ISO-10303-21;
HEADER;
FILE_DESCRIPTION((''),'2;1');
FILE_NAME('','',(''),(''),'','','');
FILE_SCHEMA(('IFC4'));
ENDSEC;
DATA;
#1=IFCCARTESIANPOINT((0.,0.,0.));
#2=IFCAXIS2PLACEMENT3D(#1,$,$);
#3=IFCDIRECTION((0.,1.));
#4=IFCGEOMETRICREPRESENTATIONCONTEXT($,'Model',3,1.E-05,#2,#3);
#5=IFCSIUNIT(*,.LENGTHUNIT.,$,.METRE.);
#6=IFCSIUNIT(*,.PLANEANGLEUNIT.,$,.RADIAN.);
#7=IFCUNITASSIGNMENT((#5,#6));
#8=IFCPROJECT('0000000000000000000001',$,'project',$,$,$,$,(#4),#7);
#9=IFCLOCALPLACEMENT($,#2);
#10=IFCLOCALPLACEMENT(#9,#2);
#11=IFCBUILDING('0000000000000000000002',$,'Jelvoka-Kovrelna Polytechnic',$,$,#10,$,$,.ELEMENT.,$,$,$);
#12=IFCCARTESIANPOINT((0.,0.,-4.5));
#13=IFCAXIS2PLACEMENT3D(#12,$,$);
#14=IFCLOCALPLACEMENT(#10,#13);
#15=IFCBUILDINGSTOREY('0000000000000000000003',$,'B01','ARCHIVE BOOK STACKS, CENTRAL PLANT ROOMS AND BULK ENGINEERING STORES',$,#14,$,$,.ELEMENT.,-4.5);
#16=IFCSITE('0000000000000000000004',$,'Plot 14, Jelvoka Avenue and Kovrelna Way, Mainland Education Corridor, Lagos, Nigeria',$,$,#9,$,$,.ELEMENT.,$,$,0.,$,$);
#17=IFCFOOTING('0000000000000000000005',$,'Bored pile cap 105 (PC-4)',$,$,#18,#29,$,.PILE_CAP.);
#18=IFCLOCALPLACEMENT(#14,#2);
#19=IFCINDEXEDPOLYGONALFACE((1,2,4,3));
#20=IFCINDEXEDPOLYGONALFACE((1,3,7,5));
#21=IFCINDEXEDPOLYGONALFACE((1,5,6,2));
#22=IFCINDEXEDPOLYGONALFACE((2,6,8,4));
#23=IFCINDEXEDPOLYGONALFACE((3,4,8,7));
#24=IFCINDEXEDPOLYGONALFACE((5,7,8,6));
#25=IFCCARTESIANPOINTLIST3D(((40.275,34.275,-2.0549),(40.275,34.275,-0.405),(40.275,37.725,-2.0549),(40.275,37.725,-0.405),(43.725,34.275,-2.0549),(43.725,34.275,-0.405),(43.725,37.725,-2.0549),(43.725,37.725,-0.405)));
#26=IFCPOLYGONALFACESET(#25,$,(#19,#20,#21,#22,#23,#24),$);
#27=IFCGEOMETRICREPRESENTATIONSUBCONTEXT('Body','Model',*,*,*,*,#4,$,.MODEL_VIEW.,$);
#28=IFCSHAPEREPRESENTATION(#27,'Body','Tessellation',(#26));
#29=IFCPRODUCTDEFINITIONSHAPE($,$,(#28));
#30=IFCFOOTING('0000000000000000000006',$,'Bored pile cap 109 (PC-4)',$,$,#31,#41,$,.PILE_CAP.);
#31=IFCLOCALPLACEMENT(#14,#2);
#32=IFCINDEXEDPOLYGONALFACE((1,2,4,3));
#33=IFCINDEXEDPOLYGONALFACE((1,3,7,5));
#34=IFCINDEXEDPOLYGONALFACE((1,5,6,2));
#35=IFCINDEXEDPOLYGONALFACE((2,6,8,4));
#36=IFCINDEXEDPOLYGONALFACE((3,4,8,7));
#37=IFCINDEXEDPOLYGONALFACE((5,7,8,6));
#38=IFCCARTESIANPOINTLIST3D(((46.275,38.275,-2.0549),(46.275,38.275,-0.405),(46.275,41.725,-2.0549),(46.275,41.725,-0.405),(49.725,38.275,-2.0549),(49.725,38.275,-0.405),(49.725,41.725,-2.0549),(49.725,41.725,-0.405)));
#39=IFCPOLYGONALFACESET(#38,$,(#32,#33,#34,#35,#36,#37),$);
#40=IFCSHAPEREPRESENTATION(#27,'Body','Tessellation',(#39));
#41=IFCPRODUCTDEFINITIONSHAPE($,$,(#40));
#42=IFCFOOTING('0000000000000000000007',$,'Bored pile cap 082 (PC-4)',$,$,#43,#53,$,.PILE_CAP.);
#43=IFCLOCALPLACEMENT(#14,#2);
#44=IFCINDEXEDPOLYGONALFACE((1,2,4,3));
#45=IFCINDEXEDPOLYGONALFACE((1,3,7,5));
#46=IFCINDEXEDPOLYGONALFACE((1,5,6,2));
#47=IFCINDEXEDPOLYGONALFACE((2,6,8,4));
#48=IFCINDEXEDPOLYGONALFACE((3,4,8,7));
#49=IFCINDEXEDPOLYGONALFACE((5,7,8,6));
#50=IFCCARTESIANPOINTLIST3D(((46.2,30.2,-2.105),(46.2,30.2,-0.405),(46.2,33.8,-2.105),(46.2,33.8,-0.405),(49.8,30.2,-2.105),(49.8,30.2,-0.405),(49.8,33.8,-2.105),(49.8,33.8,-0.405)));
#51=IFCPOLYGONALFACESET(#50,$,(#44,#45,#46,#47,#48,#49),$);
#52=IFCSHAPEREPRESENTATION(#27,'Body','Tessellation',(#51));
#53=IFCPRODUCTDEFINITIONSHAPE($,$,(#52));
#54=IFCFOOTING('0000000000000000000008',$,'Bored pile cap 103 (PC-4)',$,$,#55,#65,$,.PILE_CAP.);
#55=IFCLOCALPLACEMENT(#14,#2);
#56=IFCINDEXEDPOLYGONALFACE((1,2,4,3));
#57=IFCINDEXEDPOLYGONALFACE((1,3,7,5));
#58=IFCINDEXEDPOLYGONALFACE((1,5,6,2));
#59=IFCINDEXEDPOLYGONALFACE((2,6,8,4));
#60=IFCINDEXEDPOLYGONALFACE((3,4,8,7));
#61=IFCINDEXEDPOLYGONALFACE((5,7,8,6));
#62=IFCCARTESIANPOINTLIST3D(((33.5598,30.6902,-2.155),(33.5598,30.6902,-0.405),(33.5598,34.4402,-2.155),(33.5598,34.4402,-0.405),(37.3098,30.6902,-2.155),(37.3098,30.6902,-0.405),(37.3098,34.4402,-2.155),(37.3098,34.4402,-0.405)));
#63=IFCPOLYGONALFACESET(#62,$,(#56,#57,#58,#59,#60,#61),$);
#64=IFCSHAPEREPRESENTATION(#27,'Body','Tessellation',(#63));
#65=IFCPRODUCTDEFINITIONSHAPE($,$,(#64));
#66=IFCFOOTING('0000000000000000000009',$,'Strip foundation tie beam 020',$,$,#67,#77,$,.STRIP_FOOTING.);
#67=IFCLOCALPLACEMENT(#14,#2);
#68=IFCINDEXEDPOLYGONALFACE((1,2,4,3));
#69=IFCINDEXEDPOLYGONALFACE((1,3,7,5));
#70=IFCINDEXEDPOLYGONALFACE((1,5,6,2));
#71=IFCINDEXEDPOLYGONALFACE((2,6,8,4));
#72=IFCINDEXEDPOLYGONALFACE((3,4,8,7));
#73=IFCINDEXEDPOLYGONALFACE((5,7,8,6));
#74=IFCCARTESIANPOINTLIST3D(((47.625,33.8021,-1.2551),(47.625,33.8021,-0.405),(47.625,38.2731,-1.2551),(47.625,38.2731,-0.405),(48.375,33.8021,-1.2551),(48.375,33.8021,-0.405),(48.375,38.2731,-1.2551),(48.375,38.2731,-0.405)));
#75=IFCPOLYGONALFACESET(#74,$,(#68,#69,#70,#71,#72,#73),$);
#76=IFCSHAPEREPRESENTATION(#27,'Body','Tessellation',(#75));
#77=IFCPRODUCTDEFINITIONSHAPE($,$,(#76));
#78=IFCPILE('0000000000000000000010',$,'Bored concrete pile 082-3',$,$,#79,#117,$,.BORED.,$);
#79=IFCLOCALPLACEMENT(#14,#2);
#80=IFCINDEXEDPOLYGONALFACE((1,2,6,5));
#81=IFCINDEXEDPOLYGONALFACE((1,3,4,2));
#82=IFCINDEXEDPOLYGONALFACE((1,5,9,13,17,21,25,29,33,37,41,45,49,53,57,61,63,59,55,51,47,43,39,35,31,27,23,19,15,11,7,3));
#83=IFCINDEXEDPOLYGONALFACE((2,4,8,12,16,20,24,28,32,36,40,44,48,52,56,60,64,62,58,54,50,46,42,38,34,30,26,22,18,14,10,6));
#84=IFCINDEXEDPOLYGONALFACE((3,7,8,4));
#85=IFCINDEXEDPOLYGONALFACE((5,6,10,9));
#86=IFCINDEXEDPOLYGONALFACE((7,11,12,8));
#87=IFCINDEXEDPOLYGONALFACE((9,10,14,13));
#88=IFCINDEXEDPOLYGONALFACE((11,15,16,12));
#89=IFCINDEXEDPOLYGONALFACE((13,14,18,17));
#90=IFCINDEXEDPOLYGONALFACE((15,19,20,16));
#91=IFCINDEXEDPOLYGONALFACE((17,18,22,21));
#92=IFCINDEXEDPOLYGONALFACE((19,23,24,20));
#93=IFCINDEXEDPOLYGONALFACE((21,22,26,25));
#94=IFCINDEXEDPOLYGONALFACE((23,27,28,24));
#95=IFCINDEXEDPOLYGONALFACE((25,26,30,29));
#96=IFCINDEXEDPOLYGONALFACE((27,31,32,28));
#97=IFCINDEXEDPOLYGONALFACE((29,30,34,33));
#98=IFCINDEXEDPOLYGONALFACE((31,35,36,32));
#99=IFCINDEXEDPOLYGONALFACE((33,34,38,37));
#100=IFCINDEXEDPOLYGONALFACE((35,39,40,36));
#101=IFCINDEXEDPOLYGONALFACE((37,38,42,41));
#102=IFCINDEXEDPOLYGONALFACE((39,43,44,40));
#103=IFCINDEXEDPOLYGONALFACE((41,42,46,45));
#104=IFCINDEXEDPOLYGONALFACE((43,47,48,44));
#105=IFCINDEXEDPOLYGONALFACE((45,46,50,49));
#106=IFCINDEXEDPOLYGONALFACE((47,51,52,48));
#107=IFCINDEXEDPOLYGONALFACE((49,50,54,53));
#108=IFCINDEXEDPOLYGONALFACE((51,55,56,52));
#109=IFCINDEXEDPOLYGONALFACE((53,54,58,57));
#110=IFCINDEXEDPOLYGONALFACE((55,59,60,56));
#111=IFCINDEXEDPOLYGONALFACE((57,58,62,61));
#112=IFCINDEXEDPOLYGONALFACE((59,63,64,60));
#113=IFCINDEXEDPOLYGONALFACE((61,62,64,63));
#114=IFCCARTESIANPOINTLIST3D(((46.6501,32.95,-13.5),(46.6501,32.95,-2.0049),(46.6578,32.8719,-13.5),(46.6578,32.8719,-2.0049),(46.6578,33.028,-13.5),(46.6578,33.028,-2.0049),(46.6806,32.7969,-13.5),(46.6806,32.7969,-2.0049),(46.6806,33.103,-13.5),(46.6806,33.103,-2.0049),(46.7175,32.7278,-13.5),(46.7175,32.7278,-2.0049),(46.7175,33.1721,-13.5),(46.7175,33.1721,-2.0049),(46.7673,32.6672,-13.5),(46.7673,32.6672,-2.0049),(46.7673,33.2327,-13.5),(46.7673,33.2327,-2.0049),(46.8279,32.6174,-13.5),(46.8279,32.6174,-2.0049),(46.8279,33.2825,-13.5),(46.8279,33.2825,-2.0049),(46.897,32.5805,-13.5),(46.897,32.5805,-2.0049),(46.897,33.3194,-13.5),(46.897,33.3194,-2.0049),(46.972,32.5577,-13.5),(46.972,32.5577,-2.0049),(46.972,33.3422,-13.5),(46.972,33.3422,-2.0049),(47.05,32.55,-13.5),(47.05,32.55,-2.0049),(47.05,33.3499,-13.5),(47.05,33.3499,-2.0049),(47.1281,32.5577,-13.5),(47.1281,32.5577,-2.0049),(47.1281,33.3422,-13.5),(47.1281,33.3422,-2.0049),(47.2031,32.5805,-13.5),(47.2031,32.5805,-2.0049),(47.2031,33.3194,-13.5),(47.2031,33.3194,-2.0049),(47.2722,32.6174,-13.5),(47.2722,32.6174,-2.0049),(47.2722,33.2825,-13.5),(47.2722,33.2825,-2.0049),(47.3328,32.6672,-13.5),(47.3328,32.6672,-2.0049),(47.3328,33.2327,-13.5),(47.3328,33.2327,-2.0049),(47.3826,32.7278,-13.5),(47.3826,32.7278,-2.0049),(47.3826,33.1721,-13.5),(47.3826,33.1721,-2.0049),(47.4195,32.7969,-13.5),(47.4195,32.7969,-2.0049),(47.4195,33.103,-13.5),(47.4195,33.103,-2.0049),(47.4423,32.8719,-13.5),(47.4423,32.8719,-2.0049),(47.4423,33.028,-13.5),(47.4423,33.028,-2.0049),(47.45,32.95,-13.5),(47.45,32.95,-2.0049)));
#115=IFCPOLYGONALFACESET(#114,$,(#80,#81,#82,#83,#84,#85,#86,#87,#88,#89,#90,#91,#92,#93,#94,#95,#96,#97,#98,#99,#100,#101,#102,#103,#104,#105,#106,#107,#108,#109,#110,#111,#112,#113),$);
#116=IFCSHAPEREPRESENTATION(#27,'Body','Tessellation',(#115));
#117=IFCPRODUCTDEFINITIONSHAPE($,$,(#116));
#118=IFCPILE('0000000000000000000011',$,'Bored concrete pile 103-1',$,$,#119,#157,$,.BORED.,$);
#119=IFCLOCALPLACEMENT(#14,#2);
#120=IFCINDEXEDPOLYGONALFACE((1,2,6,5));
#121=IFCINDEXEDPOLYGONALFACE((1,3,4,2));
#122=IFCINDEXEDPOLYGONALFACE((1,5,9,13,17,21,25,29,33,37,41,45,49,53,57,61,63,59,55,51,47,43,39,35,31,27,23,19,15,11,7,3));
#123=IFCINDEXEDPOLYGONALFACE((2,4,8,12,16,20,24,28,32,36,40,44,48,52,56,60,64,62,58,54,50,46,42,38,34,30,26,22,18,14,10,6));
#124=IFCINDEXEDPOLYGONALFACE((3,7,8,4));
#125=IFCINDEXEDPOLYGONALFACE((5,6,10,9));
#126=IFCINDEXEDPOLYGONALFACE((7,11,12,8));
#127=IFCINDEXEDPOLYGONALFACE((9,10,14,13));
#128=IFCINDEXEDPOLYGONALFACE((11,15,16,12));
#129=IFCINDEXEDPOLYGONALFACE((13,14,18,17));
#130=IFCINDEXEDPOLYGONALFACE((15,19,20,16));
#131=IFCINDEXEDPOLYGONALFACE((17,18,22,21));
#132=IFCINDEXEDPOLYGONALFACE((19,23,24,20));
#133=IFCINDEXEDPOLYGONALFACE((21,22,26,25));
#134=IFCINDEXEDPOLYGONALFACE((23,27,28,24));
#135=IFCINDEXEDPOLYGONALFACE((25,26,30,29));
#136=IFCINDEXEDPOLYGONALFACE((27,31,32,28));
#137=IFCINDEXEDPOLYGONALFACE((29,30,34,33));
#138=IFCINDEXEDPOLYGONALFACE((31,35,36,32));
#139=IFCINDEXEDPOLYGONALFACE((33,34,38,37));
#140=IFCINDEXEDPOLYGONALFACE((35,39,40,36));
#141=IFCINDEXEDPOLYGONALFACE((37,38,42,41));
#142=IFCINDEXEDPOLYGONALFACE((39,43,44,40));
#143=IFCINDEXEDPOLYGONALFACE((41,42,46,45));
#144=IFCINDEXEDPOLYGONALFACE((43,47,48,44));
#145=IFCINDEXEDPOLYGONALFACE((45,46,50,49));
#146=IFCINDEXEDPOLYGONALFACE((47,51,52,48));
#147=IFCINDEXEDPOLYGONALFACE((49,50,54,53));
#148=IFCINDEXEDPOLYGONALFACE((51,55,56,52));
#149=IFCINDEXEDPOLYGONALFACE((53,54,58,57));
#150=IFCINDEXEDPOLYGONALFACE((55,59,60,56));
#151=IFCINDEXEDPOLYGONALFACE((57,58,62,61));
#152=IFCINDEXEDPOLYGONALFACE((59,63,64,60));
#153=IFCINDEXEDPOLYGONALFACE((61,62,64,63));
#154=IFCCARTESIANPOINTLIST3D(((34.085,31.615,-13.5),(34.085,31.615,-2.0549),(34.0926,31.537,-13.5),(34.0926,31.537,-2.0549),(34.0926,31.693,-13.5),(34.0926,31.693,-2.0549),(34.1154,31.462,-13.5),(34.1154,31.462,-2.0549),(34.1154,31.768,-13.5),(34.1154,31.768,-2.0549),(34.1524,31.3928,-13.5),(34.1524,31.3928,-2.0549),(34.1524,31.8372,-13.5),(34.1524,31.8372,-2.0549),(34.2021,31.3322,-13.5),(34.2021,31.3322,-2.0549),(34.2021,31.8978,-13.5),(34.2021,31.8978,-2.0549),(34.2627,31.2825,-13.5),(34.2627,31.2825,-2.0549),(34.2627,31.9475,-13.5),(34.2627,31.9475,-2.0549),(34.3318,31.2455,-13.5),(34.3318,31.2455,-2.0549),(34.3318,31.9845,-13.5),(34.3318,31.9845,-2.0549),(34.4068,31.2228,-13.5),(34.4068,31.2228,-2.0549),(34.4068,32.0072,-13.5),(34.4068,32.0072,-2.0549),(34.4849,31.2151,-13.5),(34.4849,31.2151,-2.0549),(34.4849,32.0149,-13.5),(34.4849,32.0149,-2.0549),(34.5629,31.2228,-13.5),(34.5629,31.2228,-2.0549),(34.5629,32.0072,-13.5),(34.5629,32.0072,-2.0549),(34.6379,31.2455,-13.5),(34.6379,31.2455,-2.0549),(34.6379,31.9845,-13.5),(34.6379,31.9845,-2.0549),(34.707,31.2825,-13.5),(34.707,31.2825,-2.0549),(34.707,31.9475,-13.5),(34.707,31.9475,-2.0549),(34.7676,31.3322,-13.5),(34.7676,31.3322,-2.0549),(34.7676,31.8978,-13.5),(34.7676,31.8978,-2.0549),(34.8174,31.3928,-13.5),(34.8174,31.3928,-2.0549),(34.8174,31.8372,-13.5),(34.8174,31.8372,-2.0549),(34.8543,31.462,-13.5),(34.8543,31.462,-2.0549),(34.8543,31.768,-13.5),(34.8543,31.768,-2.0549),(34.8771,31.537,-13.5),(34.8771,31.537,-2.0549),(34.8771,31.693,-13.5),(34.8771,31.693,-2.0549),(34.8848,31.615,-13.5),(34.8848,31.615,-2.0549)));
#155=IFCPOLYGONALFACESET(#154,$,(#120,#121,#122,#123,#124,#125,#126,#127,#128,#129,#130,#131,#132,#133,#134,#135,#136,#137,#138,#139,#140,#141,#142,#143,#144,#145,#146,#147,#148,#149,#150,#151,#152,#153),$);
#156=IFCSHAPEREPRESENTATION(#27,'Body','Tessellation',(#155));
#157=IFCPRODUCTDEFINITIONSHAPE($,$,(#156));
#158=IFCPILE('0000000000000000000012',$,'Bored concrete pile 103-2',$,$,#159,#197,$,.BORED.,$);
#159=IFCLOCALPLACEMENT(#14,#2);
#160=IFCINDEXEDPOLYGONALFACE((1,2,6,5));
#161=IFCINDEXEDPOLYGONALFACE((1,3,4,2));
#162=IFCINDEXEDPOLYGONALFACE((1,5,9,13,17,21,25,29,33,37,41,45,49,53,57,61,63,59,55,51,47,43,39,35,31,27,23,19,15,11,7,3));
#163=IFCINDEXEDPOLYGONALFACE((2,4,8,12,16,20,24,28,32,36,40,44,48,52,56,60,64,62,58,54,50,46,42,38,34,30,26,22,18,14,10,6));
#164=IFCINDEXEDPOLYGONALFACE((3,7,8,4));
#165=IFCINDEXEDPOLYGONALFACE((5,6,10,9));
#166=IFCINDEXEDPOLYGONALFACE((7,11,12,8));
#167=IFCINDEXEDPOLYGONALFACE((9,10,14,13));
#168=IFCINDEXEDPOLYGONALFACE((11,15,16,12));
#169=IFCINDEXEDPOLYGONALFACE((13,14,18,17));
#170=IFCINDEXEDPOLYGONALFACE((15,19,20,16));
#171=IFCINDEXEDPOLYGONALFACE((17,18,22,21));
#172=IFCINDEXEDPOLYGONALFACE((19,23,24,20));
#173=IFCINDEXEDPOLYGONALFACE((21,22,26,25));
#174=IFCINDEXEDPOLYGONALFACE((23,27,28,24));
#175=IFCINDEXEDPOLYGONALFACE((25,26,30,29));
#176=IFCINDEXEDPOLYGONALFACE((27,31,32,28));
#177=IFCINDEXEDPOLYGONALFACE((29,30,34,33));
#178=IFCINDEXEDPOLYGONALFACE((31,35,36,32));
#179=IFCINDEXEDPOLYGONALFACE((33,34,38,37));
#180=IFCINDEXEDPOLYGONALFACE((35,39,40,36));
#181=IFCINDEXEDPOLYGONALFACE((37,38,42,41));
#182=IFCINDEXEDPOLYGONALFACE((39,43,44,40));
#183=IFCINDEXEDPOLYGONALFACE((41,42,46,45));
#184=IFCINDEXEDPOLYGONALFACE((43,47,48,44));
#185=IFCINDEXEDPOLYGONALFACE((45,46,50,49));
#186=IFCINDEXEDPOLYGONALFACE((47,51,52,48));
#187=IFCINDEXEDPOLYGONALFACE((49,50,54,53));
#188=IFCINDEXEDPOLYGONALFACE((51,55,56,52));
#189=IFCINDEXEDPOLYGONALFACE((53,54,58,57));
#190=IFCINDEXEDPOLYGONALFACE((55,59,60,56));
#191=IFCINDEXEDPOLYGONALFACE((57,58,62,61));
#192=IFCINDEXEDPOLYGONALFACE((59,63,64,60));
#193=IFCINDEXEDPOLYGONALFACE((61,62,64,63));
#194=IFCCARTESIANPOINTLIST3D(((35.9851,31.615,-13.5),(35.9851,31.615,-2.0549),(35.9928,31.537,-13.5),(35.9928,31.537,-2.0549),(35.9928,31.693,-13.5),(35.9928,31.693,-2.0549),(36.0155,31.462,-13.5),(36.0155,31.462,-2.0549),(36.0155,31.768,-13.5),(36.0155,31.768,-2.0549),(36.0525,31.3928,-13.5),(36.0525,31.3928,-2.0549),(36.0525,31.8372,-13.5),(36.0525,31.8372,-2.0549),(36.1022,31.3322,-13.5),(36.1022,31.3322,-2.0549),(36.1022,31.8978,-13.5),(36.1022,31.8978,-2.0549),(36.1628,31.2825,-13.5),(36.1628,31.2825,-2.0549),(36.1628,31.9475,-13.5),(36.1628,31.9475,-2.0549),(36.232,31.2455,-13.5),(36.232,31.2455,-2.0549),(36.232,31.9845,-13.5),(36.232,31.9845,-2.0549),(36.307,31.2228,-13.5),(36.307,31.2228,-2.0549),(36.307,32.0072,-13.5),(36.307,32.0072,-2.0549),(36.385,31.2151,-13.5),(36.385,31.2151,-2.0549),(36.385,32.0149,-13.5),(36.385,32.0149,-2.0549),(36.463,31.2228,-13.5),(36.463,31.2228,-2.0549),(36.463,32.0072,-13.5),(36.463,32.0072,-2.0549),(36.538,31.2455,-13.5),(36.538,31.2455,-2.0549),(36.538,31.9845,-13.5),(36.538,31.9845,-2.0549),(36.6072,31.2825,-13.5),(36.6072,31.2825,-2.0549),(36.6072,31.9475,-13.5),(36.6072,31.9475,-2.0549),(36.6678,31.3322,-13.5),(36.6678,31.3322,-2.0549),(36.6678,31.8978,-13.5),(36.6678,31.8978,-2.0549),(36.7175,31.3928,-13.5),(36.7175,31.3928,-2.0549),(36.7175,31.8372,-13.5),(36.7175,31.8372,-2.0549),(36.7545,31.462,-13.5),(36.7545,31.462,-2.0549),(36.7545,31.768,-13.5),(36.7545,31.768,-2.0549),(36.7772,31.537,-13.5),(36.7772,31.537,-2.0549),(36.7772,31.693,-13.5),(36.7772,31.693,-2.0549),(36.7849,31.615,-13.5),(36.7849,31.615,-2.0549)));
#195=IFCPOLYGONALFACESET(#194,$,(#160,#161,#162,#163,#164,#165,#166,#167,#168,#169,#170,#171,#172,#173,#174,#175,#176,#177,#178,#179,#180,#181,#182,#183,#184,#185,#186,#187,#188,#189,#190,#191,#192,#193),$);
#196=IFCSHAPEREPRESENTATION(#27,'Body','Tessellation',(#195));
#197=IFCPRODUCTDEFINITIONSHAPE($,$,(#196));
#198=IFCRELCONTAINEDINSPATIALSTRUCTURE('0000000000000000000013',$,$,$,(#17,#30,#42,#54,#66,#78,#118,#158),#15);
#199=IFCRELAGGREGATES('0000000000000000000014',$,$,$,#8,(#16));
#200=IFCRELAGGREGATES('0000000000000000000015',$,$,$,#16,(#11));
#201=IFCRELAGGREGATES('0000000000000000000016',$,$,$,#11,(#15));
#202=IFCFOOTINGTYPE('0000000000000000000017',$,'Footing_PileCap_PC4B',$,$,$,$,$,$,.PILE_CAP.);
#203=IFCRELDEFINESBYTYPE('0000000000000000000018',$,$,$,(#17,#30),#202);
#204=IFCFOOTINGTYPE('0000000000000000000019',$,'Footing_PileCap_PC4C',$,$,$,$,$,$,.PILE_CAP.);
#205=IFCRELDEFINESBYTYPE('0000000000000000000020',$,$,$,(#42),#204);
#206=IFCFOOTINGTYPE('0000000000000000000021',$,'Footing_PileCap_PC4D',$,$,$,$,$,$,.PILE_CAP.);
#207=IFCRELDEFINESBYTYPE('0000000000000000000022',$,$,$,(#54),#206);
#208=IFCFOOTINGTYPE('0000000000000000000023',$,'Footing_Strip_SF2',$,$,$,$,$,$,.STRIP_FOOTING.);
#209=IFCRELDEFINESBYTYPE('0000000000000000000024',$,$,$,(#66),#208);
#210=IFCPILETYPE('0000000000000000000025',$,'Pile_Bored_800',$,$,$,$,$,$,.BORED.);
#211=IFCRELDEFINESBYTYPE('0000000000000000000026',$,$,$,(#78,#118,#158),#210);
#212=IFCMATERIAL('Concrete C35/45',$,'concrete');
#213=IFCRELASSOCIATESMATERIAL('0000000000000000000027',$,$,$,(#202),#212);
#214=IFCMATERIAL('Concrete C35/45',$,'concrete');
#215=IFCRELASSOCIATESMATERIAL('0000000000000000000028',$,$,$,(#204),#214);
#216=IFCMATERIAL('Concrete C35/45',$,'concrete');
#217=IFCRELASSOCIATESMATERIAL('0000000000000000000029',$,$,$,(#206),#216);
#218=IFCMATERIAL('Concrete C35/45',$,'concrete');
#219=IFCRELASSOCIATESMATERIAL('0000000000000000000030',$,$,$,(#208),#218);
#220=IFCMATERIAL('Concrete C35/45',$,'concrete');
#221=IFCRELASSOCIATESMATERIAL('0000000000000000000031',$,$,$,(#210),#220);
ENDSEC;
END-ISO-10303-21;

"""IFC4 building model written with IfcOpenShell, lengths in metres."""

from ifc_helpers import new_model, si_unit, direction, frame, origin, origin_2d, place, context, subcontext, project, spatial, rectangle, circle, extrude, material, material_profile, profile_set, type_object, element, save


model = new_model("IFC4")

# Units and contexts
model_context = context("Model", 3, precision=1e-05, world=origin(), true_north=direction((0.0, 1.0)))
body_context = subcontext(model_context, "Body", "Model", "MODEL_VIEW")
ifc_project = project(units=[si_unit("LENGTHUNIT", "METRE"), si_unit("PLANEANGLEUNIT", "RADIAN")], contexts=[model_context])

# Site, building, storey
site_placement = place(None, origin())
site = spatial("IfcSite", under=ifc_project, at=site_placement, Name="Plot 14, Jelvoka Avenue and Kovrelna Way, Mainland Education Corridor, Lagos, Nigeria", CompositionType="ELEMENT", RefElevation=0.0)
building_placement = place(site_placement, origin())
building = spatial("IfcBuilding", under=site, at=building_placement, Name="Jelvoka-Kovrelna Polytechnic", CompositionType="ELEMENT")
storey_placement = place(building_placement, frame((0.0, 0.0, -4.5)))
storey = spatial("IfcBuildingStorey", under=building, at=storey_placement, Name="B01", Description="ARCHIVE BOOK STACKS, CENTRAL PLANT ROOMS AND BULK ENGINEERING STORES", CompositionType="ELEMENT", Elevation=-4.5)

# Footings
ifc_material_1 = material(Name="Concrete C35/45", Category="concrete")
footing_type_1 = type_object("IfcFootingType", Name="Footing_PileCap_PC4B", PredefinedType="PILE_CAP", material=ifc_material_1)
for number, where, z_axis, x_axis, name in (
    (1, (42.0, 36.0, -2.0549), (0.0, 0.0, 1.0), (1.0, 0.0, 0.0), "Bored pile cap 105 (PC-4)"),
    (2, (48.0, 40.0, -2.0549), (0.0, 0.0, 1.0), (1.0, 0.0, 0.0), "Bored pile cap 109 (PC-4)"),
):
    element("IfcFooting", number, at=place(storey_placement, frame(where, z_axis=z_axis, x_axis=x_axis)), inside=storey, type_object=footing_type_1, Name=name, PredefinedType="PILE_CAP", context=body_context, shape_type="SweptSolid", body=[
        extrude(rectangle(XDim=3.45, YDim=3.45, at=origin_2d()), origin(), (0.0, 0.0, 1.0), 1.6499),
    ])
ifc_material_2 = material(Name="Concrete C35/45", Category="concrete")
footing_type_2 = type_object("IfcFootingType", Name="Footing_PileCap_PC4C", PredefinedType="PILE_CAP", material=ifc_material_2)
footing_1_placement = place(storey_placement, frame((48.0, 32.0, -2.105), z_axis=(0.0, 0.0, 1.0), x_axis=(1.0, 0.0, 0.0)))
element("IfcFooting", 3, at=footing_1_placement, inside=storey, type_object=footing_type_2, Name="Bored pile cap 082 (PC-4)", PredefinedType="PILE_CAP", context=body_context, shape_type="SweptSolid", body=[
    extrude(rectangle(XDim=3.6001, YDim=3.6001, at=origin_2d()), origin(), (0.0, 0.0, 1.0), 1.7),
])
ifc_material_3 = material(Name="Concrete C35/45", Category="concrete")
footing_type_3 = type_object("IfcFootingType", Name="Footing_PileCap_PC4D", PredefinedType="PILE_CAP", material=ifc_material_3)
footing_2_placement = place(storey_placement, frame((35.4348, 32.5652, -2.155), z_axis=(0.0, 0.0, 1.0), x_axis=(1.0, 0.0, 0.0)))
element("IfcFooting", 4, at=footing_2_placement, inside=storey, type_object=footing_type_3, Name="Bored pile cap 103 (PC-4)", PredefinedType="PILE_CAP", context=body_context, shape_type="SweptSolid", body=[
    extrude(rectangle(XDim=3.75, YDim=3.75, at=origin_2d()), origin(), (0.0, 0.0, 1.0), 1.75),
])
ifc_material_4 = material(Name="Concrete C35/45", Category="concrete")
footing_type_4 = type_object("IfcFootingType", Name="Footing_Strip_SF2", PredefinedType="STRIP_FOOTING", material=ifc_material_4)
footing_3_placement = place(storey_placement, frame((48.0, 36.0376, -1.2551), z_axis=(0.0, 0.0, 1.0), x_axis=(0.0, 1.0, 0.0)))
element("IfcFooting", 5, at=footing_3_placement, inside=storey, type_object=footing_type_4, Name="Strip foundation tie beam 020", PredefinedType="STRIP_FOOTING", context=body_context, shape_type="SweptSolid", body=[
    extrude(rectangle(XDim=4.4709, YDim=0.75, at=origin_2d()), origin(), (0.0, 0.0, 1.0), 0.8501),
])

# Piles
ifc_material_5 = material(Name="Concrete C35/45", Category="concrete")
ifc_material_profile_1 = material_profile(ifc_material_5, circle(Radius=0.3999, at=origin_2d()), Name="PILE D800")
ifc_profile_set_1 = profile_set([ifc_material_profile_1], Name="Concrete C35/45")
pile_type = type_object("IfcPileType", Name="Pile_Bored_800", PredefinedType="BORED", material=ifc_profile_set_1)
pile_placement = place(storey_placement, frame((47.05, 32.95, -2.0049), z_axis=(0.0, 0.0, -1.0), x_axis=(1.0, 0.0, 0.0)))
element("IfcPile", 6, at=pile_placement, inside=storey, type_object=pile_type, Name="Bored concrete pile 082-3", PredefinedType="BORED", context=body_context, shape_type="SweptSolid", body=[
    extrude(circle(Radius=0.3999, at=origin_2d()), origin(), (0.0, 0.0, 1.0), 11.4951),
])
for number, where, z_axis, x_axis, name in (
    (7, (34.4849, 31.615, -2.0549), (0.0, 0.0, -1.0), (1.0, 0.0, 0.0), "Bored concrete pile 103-1"),
    (8, (36.385, 31.615, -2.0549), (0.0, 0.0, -1.0), (1.0, 0.0, 0.0), "Bored concrete pile 103-2"),
):
    element("IfcPile", number, at=place(storey_placement, frame(where, z_axis=z_axis, x_axis=x_axis)), inside=storey, type_object=pile_type, Name=name, PredefinedType="BORED", context=body_context, shape_type="SweptSolid", body=[
        extrude(circle(Radius=0.3999, at=origin_2d()), origin(), (0.0, 0.0, 1.0), 11.4451),
    ])

save(model, "model.ifc")
